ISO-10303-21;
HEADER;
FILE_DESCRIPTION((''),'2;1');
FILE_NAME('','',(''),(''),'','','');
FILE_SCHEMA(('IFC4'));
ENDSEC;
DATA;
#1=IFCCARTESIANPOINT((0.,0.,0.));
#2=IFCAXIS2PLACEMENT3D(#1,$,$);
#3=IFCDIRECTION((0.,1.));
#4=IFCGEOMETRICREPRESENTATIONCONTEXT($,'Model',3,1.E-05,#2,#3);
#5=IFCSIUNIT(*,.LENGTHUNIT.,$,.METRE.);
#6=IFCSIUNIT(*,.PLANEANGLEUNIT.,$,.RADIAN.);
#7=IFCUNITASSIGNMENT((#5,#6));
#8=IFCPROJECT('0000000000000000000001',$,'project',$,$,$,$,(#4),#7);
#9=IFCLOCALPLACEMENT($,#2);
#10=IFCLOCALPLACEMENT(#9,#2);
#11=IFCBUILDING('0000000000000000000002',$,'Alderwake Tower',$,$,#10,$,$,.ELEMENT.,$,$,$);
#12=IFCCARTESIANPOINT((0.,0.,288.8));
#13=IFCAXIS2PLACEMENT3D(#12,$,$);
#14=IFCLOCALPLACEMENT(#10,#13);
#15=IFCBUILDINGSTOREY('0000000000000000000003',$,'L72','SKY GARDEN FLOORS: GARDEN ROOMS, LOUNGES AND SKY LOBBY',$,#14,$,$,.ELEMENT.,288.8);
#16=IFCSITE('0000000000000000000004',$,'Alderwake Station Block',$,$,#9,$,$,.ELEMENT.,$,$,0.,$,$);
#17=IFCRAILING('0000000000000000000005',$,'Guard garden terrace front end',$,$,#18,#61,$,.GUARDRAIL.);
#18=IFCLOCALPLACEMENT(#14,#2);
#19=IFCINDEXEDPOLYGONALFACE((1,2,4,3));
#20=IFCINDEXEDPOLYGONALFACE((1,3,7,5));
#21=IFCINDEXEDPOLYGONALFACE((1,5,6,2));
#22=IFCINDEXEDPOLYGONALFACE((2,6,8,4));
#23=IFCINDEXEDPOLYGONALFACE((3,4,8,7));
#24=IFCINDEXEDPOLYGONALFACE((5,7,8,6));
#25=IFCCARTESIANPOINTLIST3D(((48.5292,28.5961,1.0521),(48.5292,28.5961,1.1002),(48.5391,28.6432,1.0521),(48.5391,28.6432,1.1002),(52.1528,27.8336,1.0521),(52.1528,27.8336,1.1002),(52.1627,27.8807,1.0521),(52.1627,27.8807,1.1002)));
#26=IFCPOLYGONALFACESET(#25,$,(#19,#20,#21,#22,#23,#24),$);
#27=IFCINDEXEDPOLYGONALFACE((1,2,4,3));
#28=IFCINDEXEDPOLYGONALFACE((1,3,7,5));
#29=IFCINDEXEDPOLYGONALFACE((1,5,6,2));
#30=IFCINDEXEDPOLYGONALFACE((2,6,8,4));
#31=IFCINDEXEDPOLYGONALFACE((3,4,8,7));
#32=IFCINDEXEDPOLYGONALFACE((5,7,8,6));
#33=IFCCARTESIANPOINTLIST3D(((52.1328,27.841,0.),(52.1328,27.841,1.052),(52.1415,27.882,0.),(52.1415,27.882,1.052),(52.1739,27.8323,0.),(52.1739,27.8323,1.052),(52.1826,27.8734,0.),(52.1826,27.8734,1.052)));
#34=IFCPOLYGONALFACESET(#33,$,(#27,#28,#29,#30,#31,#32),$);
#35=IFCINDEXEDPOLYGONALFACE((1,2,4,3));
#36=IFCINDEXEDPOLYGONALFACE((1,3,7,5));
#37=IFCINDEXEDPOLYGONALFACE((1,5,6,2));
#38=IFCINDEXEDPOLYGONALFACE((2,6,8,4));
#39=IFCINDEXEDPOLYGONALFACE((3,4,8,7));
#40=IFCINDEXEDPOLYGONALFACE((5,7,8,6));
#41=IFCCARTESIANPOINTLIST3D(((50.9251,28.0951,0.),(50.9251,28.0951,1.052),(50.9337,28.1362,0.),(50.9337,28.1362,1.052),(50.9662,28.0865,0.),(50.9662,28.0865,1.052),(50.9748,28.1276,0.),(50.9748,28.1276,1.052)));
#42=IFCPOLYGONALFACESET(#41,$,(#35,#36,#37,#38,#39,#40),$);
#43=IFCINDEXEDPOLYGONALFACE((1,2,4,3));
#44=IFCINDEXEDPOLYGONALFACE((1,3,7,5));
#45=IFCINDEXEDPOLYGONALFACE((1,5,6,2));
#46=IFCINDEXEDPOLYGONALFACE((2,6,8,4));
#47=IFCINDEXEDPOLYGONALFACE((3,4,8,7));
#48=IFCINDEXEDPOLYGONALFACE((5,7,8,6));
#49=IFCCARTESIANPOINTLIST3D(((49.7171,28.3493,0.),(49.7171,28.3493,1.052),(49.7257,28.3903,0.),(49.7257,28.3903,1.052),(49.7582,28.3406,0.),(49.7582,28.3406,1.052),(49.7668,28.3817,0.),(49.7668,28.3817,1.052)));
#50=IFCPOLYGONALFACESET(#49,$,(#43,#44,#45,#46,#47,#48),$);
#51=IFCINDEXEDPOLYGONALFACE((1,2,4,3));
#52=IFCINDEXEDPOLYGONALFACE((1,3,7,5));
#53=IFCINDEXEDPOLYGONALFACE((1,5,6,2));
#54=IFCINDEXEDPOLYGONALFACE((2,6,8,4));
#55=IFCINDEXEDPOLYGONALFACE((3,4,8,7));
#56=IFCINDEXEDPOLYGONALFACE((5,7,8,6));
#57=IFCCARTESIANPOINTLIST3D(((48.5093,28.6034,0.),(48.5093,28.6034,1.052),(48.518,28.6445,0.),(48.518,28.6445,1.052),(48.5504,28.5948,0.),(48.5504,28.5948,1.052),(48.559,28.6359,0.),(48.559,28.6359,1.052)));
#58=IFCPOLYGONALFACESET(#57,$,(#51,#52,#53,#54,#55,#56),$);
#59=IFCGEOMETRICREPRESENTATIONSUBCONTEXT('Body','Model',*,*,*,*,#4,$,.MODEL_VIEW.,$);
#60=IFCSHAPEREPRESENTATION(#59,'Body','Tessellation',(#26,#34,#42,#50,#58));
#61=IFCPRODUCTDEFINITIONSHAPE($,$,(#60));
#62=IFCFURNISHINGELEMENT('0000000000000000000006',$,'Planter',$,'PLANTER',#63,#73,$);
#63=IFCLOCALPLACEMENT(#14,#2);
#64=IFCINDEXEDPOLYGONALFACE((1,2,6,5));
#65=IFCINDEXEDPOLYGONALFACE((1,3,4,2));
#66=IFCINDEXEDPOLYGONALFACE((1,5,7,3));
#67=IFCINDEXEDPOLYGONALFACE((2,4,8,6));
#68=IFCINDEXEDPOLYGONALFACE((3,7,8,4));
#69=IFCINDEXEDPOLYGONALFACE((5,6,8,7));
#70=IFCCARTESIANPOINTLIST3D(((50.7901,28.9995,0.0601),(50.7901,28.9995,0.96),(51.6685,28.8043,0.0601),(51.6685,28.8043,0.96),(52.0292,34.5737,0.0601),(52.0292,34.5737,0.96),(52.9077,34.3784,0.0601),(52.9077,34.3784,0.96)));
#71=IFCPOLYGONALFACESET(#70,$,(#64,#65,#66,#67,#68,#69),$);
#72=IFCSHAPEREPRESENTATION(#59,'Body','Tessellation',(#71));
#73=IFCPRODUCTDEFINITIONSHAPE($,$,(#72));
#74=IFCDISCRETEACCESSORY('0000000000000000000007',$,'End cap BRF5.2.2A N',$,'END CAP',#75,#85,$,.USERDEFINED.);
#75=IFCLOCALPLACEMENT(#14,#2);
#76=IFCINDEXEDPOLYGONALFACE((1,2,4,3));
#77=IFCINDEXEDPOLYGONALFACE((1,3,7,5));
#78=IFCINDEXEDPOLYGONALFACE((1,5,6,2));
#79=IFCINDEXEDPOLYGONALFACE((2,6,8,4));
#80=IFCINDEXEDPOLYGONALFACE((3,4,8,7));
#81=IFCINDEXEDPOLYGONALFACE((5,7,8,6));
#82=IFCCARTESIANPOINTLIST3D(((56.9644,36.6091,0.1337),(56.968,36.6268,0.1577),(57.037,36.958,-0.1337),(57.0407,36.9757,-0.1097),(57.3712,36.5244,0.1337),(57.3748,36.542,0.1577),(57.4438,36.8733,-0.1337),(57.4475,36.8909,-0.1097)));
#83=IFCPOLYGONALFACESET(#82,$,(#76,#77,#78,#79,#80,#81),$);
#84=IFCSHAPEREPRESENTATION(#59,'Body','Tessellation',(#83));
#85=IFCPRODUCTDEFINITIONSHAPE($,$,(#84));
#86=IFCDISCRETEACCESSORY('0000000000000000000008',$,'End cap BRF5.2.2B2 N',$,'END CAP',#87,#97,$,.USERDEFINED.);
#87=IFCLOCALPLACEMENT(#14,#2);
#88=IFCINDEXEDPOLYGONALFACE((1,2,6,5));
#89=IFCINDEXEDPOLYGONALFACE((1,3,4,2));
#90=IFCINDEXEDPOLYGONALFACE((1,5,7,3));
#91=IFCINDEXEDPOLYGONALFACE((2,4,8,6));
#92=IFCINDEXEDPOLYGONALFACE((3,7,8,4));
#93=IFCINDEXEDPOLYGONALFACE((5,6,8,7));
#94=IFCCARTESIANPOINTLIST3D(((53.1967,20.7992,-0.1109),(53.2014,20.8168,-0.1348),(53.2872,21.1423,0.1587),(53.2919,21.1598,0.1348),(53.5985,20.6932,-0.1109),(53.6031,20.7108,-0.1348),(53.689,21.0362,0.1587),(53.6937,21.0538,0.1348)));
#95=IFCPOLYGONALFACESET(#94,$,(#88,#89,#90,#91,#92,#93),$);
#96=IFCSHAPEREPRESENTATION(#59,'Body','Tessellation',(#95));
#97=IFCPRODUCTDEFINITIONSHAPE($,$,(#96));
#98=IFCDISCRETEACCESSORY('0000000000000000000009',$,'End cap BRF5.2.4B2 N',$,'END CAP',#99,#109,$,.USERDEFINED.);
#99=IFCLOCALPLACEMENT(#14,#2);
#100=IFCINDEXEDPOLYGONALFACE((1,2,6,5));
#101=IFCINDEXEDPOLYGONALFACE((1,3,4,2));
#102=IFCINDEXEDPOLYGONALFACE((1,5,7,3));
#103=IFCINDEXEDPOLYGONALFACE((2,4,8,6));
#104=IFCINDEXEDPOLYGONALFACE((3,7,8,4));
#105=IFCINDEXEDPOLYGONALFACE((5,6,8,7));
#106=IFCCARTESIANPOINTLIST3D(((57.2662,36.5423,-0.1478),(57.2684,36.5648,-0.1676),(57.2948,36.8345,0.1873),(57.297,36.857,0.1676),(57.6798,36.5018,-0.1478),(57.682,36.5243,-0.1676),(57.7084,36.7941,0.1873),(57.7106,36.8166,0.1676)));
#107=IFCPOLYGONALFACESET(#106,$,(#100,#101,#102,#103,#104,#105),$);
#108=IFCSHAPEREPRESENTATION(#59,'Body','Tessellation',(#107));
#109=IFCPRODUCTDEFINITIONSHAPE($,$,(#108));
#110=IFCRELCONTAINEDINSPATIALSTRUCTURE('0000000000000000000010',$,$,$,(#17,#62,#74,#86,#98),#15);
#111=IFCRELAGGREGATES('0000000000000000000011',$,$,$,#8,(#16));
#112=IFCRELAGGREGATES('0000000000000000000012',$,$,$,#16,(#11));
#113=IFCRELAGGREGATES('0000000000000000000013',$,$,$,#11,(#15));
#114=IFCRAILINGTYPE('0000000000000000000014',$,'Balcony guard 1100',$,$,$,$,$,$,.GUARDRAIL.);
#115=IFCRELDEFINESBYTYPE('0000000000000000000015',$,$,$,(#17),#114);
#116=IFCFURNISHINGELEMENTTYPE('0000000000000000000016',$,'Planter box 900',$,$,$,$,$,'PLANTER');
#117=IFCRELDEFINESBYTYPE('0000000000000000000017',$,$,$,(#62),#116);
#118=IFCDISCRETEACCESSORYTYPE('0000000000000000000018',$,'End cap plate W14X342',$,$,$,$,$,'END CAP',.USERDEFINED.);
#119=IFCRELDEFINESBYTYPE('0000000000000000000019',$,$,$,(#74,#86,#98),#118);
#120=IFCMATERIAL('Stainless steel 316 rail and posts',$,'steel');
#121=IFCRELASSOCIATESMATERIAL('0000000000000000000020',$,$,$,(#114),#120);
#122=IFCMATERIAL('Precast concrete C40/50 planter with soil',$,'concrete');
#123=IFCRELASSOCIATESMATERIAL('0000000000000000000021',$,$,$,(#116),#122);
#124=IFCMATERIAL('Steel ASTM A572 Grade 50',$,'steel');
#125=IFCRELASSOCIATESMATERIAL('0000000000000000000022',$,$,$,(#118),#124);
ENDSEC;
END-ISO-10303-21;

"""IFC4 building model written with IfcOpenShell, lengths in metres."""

from ifc_helpers import new_model, si_unit, direction, frame, origin, origin_2d, place, context, subcontext, project, spatial, rectangle, extrude, material, material_profile, profile_set, type_object, element, save


model = new_model("IFC4")

# Units and contexts
model_context = context("Model", 3, precision=1e-05, world=origin(), true_north=direction((0.0, 1.0)))
body_context = subcontext(model_context, "Body", "Model", "MODEL_VIEW")
ifc_project = project(units=[si_unit("LENGTHUNIT", "METRE"), si_unit("PLANEANGLEUNIT", "RADIAN")], contexts=[model_context])

# Site, building, storey
site_placement = place(None, origin())
site = spatial("IfcSite", under=ifc_project, at=site_placement, Name="Alderwake Station Block", CompositionType="ELEMENT", RefElevation=0.0)
building_placement = place(site_placement, origin())
building = spatial("IfcBuilding", under=site, at=building_placement, Name="Alderwake Tower", CompositionType="ELEMENT")
storey_placement = place(building_placement, frame((0.0, 0.0, 288.8)))
storey = spatial("IfcBuildingStorey", under=building, at=storey_placement, Name="L72", Description="SKY GARDEN FLOORS: GARDEN ROOMS, LOUNGES AND SKY LOBBY", CompositionType="ELEMENT", Elevation=288.8)

# Railing
ifc_material_1 = material(Name="Stainless steel 316 rail and posts", Category="steel")
railing_type = type_object("IfcRailingType", Name="Balcony guard 1100", PredefinedType="GUARDRAIL", material=ifc_material_1)
railing_1_placement = place(storey_placement, frame((52.1577, 27.8572, 0.0)))
element("IfcRailing", 1, at=railing_1_placement, inside=storey, type_object=railing_type, Name="Guard garden terrace front end", PredefinedType="GUARDRAIL", context=body_context, shape_type="SweptSolid", body=[
    extrude(rectangle(XDim=0.0481, YDim=0.0481, at=origin_2d()), frame((0.0, 0.0, 1.0762), z_axis=(-0.978571, 0.205907, 0.0), x_axis=(-0.205907, -0.978571, 0.0)), (0.0, 0.0, 1.0), 3.7029),
    extrude(rectangle(XDim=0.042, YDim=0.042, at=origin_2d()), frame((0.0, 0.0, 0.0), z_axis=(0.0, 0.0, 1.0), x_axis=(-0.978571, 0.205907, 0.0)), (0.0, 0.0, 1.0), 1.052),
    extrude(rectangle(XDim=0.042, YDim=0.042, at=origin_2d()), frame((-1.2078, 0.2542, 0.0), z_axis=(0.0, 0.0, 1.0), x_axis=(-0.978571, 0.205907, 0.0)), (0.0, 0.0, 1.0), 1.052),
    extrude(rectangle(XDim=0.042, YDim=0.042, at=origin_2d()), frame((-2.4158, 0.5083, 0.0), z_axis=(0.0, 0.0, 1.0), x_axis=(-0.978571, 0.205907, 0.0)), (0.0, 0.0, 1.0), 1.052),
    extrude(rectangle(XDim=0.042, YDim=0.042, at=origin_2d()), frame((-3.6235, 0.7625, 0.0), z_axis=(0.0, 0.0, 1.0), x_axis=(-0.978571, 0.205907, 0.0)), (0.0, 0.0, 1.0), 1.052),
])

# Furnishing element
ifc_material_2 = material(Name="Precast concrete C40/50 planter with soil", Category="concrete")
furnishing_element_type = type_object("IfcFurnishingElementType", Name="Planter box 900", ElementType="PLANTER", material=ifc_material_2)
furnishing_placement = place(storey_placement, frame((51.8489, 31.689, 0.0601), z_axis=(0.0, 0.0, 1.0), x_axis=(0.976169, -0.21701, 0.0)))
element("IfcFurnishingElement", 2, at=furnishing_placement, inside=storey, type_object=furnishing_element_type, Name="Planter", ObjectType="PLANTER", context=body_context, shape_type="SweptSolid", body=[
    extrude(rectangle(XDim=0.8999, YDim=5.7102, at=origin_2d()), origin(), (0.0, 0.0, 1.0), 0.8999),
])

# Discrete accessories
ifc_material_3 = material(Name="Steel ASTM A572 Grade 50", Category="steel")
ifc_material_profile_1 = material_profile(ifc_material_3, rectangle(XDim=0.4155, YDim=0.4456, at=origin_2d()), Name="W14X342 cap")
ifc_profile_set_1 = profile_set([ifc_material_profile_1], Name="Steel ASTM A572 Grade 50")
discrete_accessory_type = type_object("IfcDiscreteAccessoryType", Name="End cap plate W14X342", ElementType="END CAP", PredefinedType="USERDEFINED", material=ifc_profile_set_1)
for number, where, z_axis, x_axis, name in (
    (3, (57.2041, 36.7412, 0.0), (0.122421, 0.587623, 0.79982), (-0.97898, 0.203954, 0.0), "End cap BRF5.2.2A N"),
    (4, (53.4475, 20.9353, 0.0), (-0.15437, -0.584979, 0.796222), (0.9669, -0.255154, 0.0), "End cap BRF5.2.2B2 N"),
    (5, (57.4895, 36.6907, 0.0), (-0.073226, -0.748537, 0.659038), (0.995249, -0.097361, 0.0), "End cap BRF5.2.4B2 N"),
):
    element("IfcDiscreteAccessory", number, at=place(storey_placement, frame(where, z_axis=z_axis, x_axis=x_axis)), inside=storey, type_object=discrete_accessory_type, Name=name, ObjectType="END CAP", PredefinedType="USERDEFINED", context=body_context, shape_type="SweptSolid", body=[
        extrude(rectangle(XDim=0.4155, YDim=0.4456, at=origin_2d()), origin(), (0.0, 0.0, 1.0), 0.03),
    ])

save(model, "model.ifc")
